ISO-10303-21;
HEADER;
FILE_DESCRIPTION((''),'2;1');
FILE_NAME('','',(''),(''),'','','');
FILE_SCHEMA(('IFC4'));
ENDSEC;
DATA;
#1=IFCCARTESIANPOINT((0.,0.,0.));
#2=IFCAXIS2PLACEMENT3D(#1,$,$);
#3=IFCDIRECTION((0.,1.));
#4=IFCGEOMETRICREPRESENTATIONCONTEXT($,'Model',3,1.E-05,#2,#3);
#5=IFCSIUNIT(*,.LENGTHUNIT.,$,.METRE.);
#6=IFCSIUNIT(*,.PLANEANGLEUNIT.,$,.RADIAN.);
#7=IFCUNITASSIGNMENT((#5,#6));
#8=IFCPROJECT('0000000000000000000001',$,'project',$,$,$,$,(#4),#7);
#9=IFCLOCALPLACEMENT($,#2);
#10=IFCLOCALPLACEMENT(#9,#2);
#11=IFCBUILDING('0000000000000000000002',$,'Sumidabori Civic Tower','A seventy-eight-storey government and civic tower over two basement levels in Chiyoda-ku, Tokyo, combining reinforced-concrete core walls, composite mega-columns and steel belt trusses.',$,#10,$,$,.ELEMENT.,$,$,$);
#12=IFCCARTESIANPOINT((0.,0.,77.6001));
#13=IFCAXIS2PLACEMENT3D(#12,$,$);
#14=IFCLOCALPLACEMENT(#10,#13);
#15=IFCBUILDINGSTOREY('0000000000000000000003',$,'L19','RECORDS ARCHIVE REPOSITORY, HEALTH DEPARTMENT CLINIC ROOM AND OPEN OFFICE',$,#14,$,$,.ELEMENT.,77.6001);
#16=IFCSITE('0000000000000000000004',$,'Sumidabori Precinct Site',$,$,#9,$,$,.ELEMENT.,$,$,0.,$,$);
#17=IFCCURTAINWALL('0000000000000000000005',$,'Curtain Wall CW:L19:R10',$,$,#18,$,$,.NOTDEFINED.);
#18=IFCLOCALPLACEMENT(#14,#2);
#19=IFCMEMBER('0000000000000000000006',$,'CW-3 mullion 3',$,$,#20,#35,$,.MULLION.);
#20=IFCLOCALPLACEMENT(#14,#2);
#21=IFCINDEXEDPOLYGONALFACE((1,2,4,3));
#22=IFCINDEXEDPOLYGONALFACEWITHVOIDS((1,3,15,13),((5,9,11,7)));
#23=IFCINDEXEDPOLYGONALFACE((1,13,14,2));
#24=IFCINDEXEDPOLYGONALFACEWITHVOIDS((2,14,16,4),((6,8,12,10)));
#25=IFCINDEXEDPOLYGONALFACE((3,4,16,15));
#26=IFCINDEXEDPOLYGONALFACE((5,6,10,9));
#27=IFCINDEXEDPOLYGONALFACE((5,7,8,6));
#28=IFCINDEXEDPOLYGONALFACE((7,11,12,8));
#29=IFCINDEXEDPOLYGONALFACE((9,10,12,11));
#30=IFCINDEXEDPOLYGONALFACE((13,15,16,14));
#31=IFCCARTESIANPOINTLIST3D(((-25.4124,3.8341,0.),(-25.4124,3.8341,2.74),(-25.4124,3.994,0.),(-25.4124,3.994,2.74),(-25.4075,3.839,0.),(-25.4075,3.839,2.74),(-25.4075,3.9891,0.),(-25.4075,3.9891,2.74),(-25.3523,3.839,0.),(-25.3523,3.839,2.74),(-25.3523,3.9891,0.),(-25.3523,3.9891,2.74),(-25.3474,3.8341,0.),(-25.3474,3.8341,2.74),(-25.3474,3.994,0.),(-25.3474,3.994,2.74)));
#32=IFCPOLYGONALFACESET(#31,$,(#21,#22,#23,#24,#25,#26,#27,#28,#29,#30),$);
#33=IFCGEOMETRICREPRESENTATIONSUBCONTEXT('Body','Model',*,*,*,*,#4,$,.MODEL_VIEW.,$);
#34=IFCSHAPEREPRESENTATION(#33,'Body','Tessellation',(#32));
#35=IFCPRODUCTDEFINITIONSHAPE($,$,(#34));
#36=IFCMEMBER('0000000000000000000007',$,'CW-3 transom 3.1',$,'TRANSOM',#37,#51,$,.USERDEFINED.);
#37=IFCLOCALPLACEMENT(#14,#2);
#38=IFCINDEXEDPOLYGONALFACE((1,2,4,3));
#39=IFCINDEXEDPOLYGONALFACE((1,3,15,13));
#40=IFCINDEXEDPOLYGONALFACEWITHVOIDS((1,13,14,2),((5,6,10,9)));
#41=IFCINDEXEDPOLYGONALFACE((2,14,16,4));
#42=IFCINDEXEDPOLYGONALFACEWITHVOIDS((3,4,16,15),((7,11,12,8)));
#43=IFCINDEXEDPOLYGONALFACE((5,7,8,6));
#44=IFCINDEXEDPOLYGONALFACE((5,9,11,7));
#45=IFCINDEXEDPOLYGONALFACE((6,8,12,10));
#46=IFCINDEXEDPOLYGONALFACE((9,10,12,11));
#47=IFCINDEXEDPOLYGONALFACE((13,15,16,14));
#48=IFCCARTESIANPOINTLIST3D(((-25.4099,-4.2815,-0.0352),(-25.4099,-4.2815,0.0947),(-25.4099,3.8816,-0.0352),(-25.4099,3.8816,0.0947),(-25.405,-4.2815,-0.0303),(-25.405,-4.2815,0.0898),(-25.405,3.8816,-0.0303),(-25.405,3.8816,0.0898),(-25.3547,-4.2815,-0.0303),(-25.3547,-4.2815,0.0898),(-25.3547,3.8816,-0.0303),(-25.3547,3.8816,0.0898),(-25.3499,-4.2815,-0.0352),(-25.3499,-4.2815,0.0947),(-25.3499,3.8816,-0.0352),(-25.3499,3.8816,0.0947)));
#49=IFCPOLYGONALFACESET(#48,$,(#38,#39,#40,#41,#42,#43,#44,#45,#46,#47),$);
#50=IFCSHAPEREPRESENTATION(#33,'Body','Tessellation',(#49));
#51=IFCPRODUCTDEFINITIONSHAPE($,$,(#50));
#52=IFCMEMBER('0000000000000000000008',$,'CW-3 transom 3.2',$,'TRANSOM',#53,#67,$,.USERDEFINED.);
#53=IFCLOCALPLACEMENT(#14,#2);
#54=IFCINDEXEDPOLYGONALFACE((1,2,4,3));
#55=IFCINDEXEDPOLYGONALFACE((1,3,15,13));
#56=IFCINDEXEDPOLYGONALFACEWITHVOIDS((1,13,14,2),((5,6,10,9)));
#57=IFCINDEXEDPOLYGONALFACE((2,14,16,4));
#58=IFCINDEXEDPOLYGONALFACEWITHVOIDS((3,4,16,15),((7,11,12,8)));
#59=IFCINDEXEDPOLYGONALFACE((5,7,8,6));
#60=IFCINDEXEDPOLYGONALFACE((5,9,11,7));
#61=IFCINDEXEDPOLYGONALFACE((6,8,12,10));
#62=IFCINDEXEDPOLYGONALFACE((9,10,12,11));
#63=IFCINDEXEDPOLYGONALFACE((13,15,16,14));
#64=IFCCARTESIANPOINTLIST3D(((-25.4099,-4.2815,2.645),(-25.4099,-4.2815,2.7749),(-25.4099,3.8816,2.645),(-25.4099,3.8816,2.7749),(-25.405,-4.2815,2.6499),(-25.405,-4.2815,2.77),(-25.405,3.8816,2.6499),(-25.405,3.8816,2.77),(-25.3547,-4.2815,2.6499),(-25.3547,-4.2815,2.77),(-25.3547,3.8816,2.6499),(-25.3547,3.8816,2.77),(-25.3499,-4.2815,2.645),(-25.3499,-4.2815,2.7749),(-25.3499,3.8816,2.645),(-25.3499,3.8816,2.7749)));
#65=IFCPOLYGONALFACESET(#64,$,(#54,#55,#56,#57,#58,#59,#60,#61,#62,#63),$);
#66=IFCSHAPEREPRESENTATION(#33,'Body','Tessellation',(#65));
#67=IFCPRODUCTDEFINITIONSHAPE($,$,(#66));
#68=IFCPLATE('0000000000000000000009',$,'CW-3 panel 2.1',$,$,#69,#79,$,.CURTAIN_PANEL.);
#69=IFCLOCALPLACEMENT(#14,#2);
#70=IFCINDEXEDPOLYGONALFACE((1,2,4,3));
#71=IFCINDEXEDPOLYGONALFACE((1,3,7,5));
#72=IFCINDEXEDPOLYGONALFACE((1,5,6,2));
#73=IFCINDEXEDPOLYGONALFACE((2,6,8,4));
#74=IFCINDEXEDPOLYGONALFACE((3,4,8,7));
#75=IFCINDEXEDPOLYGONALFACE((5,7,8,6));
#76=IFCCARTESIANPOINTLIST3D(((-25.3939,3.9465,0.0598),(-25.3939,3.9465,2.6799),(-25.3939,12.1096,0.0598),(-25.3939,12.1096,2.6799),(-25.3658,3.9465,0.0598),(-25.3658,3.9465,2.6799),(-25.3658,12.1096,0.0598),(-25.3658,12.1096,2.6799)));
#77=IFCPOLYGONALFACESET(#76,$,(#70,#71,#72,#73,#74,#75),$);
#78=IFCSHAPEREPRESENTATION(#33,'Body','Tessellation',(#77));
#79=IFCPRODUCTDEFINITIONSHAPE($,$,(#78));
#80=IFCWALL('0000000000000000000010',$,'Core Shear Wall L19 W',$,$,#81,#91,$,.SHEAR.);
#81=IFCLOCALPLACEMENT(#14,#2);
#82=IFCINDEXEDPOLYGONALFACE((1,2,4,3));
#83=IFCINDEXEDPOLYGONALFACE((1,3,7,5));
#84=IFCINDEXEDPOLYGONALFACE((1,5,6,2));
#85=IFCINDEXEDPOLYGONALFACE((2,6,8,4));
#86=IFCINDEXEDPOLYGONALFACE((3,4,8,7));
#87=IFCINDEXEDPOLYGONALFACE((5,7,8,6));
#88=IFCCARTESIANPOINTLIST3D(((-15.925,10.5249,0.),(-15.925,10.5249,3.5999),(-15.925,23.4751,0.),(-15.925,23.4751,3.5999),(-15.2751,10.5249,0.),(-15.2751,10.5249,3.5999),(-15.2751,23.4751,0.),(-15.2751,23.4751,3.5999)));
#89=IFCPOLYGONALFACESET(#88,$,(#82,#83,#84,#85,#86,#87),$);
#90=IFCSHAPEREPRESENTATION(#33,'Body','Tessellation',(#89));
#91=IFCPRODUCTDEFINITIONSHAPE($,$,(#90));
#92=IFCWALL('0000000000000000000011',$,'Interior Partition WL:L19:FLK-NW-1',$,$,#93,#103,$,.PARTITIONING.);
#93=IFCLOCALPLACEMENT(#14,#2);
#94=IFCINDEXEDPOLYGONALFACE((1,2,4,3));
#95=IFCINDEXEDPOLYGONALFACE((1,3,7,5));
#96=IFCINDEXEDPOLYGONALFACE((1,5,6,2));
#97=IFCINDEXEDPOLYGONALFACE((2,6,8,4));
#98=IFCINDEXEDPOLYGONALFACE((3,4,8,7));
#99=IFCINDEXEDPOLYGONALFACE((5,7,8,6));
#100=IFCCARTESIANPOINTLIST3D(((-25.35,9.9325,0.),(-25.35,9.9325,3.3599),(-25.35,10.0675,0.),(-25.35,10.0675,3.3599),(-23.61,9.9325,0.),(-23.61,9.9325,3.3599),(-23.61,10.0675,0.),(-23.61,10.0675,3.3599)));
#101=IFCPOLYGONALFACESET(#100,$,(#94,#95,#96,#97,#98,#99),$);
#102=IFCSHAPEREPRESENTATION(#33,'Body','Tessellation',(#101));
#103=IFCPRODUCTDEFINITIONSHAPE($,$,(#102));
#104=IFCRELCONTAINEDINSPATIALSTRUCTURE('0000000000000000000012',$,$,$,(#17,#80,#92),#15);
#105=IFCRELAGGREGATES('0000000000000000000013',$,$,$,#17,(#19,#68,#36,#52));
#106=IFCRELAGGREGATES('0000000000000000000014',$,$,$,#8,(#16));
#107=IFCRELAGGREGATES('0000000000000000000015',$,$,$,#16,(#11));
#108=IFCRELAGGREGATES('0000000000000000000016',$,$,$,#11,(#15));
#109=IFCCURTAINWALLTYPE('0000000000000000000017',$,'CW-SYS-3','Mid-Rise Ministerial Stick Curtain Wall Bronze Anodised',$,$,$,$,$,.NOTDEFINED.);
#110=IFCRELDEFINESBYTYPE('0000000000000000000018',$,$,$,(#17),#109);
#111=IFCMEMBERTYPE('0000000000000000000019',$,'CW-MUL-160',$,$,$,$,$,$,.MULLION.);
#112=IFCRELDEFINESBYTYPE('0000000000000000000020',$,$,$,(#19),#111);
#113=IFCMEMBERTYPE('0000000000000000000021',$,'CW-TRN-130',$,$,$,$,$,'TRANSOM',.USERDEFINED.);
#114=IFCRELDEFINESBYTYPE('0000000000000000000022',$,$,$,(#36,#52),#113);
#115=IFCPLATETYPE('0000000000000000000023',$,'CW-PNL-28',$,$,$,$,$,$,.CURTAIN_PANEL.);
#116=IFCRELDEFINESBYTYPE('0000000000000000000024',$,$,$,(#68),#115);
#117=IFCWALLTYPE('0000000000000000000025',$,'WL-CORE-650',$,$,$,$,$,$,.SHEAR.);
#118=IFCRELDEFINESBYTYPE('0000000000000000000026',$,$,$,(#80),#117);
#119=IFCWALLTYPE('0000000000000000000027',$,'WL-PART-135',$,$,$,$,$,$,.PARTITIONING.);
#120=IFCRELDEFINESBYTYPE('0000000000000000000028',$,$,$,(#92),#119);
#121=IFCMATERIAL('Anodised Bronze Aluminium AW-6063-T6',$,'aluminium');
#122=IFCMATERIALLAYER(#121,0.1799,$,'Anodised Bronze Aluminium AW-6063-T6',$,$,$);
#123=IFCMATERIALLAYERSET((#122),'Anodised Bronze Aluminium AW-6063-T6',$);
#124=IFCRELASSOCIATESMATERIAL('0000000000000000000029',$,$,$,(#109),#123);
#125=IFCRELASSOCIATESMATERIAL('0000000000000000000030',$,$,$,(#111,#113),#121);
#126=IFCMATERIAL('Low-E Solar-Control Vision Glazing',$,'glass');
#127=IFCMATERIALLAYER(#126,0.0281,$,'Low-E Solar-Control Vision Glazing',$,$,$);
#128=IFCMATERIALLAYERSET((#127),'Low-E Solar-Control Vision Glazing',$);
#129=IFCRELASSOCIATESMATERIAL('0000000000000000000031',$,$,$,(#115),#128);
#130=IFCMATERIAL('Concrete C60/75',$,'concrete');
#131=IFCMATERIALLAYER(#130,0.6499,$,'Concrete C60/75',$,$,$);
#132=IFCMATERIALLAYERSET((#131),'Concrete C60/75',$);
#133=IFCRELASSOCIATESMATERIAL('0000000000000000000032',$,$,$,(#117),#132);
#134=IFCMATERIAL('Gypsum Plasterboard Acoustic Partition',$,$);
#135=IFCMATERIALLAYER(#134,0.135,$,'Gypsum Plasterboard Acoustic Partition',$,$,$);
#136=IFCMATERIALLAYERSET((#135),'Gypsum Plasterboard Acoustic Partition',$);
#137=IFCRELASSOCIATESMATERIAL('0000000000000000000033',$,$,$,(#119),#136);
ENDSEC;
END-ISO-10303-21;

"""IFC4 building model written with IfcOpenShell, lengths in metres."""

from ifc_helpers import new_model, si_unit, direction, frame, frame_2d, origin, origin_2d, place, context, subcontext, project, spatial, rectangle, hollow_rectangle, extrude, source, transform, mapped, material, layer, layer_set, material_profile, profile_set, type_object, element, aggregate, save


model = new_model("IFC4")

# Units and contexts
model_context = context("Model", 3, precision=1e-05, world=origin(), true_north=direction((0.0, 1.0)))
body_context = subcontext(model_context, "Body", "Model", "MODEL_VIEW")
ifc_project = project(units=[si_unit("LENGTHUNIT", "METRE"), si_unit("PLANEANGLEUNIT", "RADIAN")], contexts=[model_context])

# Site, building, storey
site_placement = place(None, origin())
site = spatial("IfcSite", under=ifc_project, at=site_placement, Name="Sumidabori Precinct Site", CompositionType="ELEMENT", RefElevation=0.0)
building_placement = place(site_placement, origin())
building = spatial("IfcBuilding", under=site, at=building_placement, Name="Sumidabori Civic Tower", Description="A seventy-eight-storey government and civic tower over two basement levels in Chiyoda-ku, Tokyo, combining reinforced-concrete core walls, composite mega-columns and steel belt trusses.", CompositionType="ELEMENT")
storey_placement = place(building_placement, frame((0.0, 0.0, 77.6001)))
storey = spatial("IfcBuildingStorey", under=building, at=storey_placement, Name="L19", Description="RECORDS ARCHIVE REPOSITORY, HEALTH DEPARTMENT CLINIC ROOM AND OPEN OFFICE", CompositionType="ELEMENT", Elevation=77.6001)

# Shared definitions
ifc_material_1 = material(Name="Concrete C60/75", Category="concrete")

# Curtain wall, members, plate
ifc_material_2 = material(Name="Anodised Bronze Aluminium AW-6063-T6", Category="aluminium")
ifc_layer_1 = layer(ifc_material_2, 0.1799, Name="Anodised Bronze Aluminium AW-6063-T6")
ifc_layer_set_1 = layer_set([ifc_layer_1], Name="Anodised Bronze Aluminium AW-6063-T6")
curtain_wall_type = type_object("IfcCurtainWallType", Name="CW-SYS-3", Description="Mid-Rise Ministerial Stick Curtain Wall Bronze Anodised", PredefinedType="NOTDEFINED", material=ifc_layer_set_1)
curtain_wall_placement = place(storey_placement, origin())
curtain_wall = element("IfcCurtainWall", 1, at=curtain_wall_placement, inside=storey, type_object=curtain_wall_type, Name="Curtain Wall CW:L19:R10", PredefinedType="NOTDEFINED")
ifc_material_profile_1 = material_profile(ifc_material_2, hollow_rectangle(XDim=0.0649, YDim=0.1599, WallThickness=0.0049, at=origin_2d()), Name="ALU MULLION 160x65")
ifc_profile_set_1 = profile_set([ifc_material_profile_1], Name="Anodised Bronze Aluminium AW-6063-T6")
member_type_1 = type_object("IfcMemberType", Name="CW-MUL-160", PredefinedType="MULLION", material=ifc_profile_set_1)
shared_shape_1 = source(origin(), body_context, "Body", "SweptSolid", [
    extrude(hollow_rectangle(XDim=0.0649, YDim=0.1599, WallThickness=0.0049, at=origin_2d()), origin(), (0.0, 0.0, 1.0), 2.74),
])
member_1_placement = place(storey_placement, frame((-25.3799, 3.9141, 0.0), z_axis=(0.0, 0.0, 1.0), x_axis=(1.0, 0.0, 0.0)))
member_1 = element("IfcMember", 2, at=member_1_placement, type_object=member_type_1, Name="CW-3 mullion 3", PredefinedType="MULLION", context=body_context, shape_type="MappedRepresentation", body=[
    mapped(shared_shape_1, transform((0.0, 0.0, 0.0), x_axis=(1.0, 0.0, 0.0), y_axis=(0.0, 1.0, 0.0), z_axis=(0.0, 0.0, 1.0), scale=1.0)),
])
ifc_material_profile_2 = material_profile(ifc_material_2, hollow_rectangle(XDim=0.0601, YDim=0.1299, WallThickness=0.0049, at=origin_2d()), Name="ALU TRANSOM 130x60")
ifc_profile_set_2 = profile_set([ifc_material_profile_2], Name="Anodised Bronze Aluminium AW-6063-T6")
member_type_2 = type_object("IfcMemberType", Name="CW-TRN-130", ElementType="TRANSOM", PredefinedType="USERDEFINED", material=ifc_profile_set_2)
shared_shape_2 = source(origin(), body_context, "Body", "SweptSolid", [
    extrude(hollow_rectangle(XDim=0.0601, YDim=0.1299, WallThickness=0.0049, at=origin_2d()), origin(), (0.0, 0.0, 1.0), 8.1631),
])
member_2_placement = place(storey_placement, frame((-25.3799, 3.8816, 0.0298), z_axis=(0.0, -1.0, 0.0), x_axis=(1.0, 0.0, 0.0)))
member_2 = element("IfcMember", 3, at=member_2_placement, type_object=member_type_2, Name="CW-3 transom 3.1", ObjectType="TRANSOM", PredefinedType="USERDEFINED", context=body_context, shape_type="MappedRepresentation", body=[
    mapped(shared_shape_2, transform((0.0, 0.0, 0.0), x_axis=(1.0, 0.0, 0.0), y_axis=(0.0, 1.0, 0.0), z_axis=(0.0, 0.0, 1.0), scale=1.0)),
])
member_3_placement = place(storey_placement, frame((-25.3799, 3.8816, 2.71), z_axis=(0.0, -1.0, 0.0), x_axis=(1.0, 0.0, 0.0)))
member_3 = element("IfcMember", 4, at=member_3_placement, type_object=member_type_2, Name="CW-3 transom 3.2", ObjectType="TRANSOM", PredefinedType="USERDEFINED", context=body_context, shape_type="MappedRepresentation", body=[
    mapped(shared_shape_2, transform((0.0, 0.0, 0.0), x_axis=(1.0, 0.0, 0.0), y_axis=(0.0, 1.0, 0.0), z_axis=(0.0, 0.0, 1.0), scale=1.0)),
])
ifc_material_3 = material(Name="Low-E Solar-Control Vision Glazing", Category="glass")
ifc_layer_2 = layer(ifc_material_3, 0.0281, Name="Low-E Solar-Control Vision Glazing")
ifc_layer_set_2 = layer_set([ifc_layer_2], Name="Low-E Solar-Control Vision Glazing")
plate_type = type_object("IfcPlateType", Name="CW-PNL-28", PredefinedType="CURTAIN_PANEL", material=ifc_layer_set_2)
shared_shape_3 = source(origin(), body_context, "Body", "SweptSolid", [
    extrude(rectangle(XDim=8.1631, YDim=0.0281, at=origin_2d()), origin(), (0.0, 0.0, 1.0), 2.6201),
])
plate_placement = place(storey_placement, frame((-25.3799, 8.0281, 0.0598), z_axis=(0.0, 0.0, 1.0), x_axis=(0.0, -1.0, 0.0)))
plate = element("IfcPlate", 5, at=plate_placement, type_object=plate_type, Name="CW-3 panel 2.1", PredefinedType="CURTAIN_PANEL", context=body_context, shape_type="MappedRepresentation", body=[
    mapped(shared_shape_3, transform((0.0, 0.0, 0.0), x_axis=(1.0, 0.0, 0.0), y_axis=(0.0, 1.0, 0.0), z_axis=(0.0, 0.0, 1.0), scale=1.0)),
])
aggregate(curtain_wall, [member_1, plate, member_2, member_3])

# Shared definitions
ifc_layer_3 = layer(ifc_material_1, 0.6499, Name="Concrete C60/75")
ifc_layer_set_3 = layer_set([ifc_layer_3], Name="Concrete C60/75")
wall_type_1 = type_object("IfcWallType", Name="WL-CORE-650", PredefinedType="SHEAR", material=ifc_layer_set_3)

# Walls
shared_shape_4 = source(origin(), body_context, "Body", "SweptSolid", [
    extrude(rectangle(XDim=12.9502, YDim=0.6499, at=frame_2d((6.4751, 0.0))), origin(), (0.0, 0.0, 1.0), 3.5999),
])
wall_1_placement = place(storey_placement, frame((-15.6001, 10.5249, 0.0), z_axis=(0.0, 0.0, 1.0), x_axis=(0.0, 1.0, 0.0)))
element("IfcWall", 6, at=wall_1_placement, inside=storey, type_object=wall_type_1, Name="Core Shear Wall L19 W", PredefinedType="SHEAR", context=body_context, shape_type="MappedRepresentation", body=[
    mapped(shared_shape_4, transform((0.0, 0.0, 0.0), x_axis=(1.0, 0.0, 0.0), y_axis=(0.0, 1.0, 0.0), z_axis=(0.0, 0.0, 1.0), scale=1.0)),
])
ifc_material_4 = material(Name="Gypsum Plasterboard Acoustic Partition")
ifc_layer_4 = layer(ifc_material_4, 0.135, Name="Gypsum Plasterboard Acoustic Partition")
ifc_layer_set_4 = layer_set([ifc_layer_4], Name="Gypsum Plasterboard Acoustic Partition")
wall_type_2 = type_object("IfcWallType", Name="WL-PART-135", PredefinedType="PARTITIONING", material=ifc_layer_set_4)
shared_shape_5 = source(origin(), body_context, "Body", "SweptSolid", [
    extrude(rectangle(XDim=1.74, YDim=0.135, at=frame_2d((0.8701, 0.0))), origin(), (0.0, 0.0, 1.0), 3.3599),
])
wall_2_placement = place(storey_placement, frame((-25.3501, 10.0, 0.0), z_axis=(0.0, 0.0, 1.0), x_axis=(1.0, 0.0, 0.0)))
element("IfcWall", 7, at=wall_2_placement, inside=storey, type_object=wall_type_2, Name="Interior Partition WL:L19:FLK-NW-1", PredefinedType="PARTITIONING", context=body_context, shape_type="MappedRepresentation", body=[
    mapped(shared_shape_5, transform((0.0, 0.0, 0.0), x_axis=(1.0, 0.0, 0.0), y_axis=(0.0, 1.0, 0.0), z_axis=(0.0, 0.0, 1.0), scale=1.0)),
])

save(model, "model.ifc")
